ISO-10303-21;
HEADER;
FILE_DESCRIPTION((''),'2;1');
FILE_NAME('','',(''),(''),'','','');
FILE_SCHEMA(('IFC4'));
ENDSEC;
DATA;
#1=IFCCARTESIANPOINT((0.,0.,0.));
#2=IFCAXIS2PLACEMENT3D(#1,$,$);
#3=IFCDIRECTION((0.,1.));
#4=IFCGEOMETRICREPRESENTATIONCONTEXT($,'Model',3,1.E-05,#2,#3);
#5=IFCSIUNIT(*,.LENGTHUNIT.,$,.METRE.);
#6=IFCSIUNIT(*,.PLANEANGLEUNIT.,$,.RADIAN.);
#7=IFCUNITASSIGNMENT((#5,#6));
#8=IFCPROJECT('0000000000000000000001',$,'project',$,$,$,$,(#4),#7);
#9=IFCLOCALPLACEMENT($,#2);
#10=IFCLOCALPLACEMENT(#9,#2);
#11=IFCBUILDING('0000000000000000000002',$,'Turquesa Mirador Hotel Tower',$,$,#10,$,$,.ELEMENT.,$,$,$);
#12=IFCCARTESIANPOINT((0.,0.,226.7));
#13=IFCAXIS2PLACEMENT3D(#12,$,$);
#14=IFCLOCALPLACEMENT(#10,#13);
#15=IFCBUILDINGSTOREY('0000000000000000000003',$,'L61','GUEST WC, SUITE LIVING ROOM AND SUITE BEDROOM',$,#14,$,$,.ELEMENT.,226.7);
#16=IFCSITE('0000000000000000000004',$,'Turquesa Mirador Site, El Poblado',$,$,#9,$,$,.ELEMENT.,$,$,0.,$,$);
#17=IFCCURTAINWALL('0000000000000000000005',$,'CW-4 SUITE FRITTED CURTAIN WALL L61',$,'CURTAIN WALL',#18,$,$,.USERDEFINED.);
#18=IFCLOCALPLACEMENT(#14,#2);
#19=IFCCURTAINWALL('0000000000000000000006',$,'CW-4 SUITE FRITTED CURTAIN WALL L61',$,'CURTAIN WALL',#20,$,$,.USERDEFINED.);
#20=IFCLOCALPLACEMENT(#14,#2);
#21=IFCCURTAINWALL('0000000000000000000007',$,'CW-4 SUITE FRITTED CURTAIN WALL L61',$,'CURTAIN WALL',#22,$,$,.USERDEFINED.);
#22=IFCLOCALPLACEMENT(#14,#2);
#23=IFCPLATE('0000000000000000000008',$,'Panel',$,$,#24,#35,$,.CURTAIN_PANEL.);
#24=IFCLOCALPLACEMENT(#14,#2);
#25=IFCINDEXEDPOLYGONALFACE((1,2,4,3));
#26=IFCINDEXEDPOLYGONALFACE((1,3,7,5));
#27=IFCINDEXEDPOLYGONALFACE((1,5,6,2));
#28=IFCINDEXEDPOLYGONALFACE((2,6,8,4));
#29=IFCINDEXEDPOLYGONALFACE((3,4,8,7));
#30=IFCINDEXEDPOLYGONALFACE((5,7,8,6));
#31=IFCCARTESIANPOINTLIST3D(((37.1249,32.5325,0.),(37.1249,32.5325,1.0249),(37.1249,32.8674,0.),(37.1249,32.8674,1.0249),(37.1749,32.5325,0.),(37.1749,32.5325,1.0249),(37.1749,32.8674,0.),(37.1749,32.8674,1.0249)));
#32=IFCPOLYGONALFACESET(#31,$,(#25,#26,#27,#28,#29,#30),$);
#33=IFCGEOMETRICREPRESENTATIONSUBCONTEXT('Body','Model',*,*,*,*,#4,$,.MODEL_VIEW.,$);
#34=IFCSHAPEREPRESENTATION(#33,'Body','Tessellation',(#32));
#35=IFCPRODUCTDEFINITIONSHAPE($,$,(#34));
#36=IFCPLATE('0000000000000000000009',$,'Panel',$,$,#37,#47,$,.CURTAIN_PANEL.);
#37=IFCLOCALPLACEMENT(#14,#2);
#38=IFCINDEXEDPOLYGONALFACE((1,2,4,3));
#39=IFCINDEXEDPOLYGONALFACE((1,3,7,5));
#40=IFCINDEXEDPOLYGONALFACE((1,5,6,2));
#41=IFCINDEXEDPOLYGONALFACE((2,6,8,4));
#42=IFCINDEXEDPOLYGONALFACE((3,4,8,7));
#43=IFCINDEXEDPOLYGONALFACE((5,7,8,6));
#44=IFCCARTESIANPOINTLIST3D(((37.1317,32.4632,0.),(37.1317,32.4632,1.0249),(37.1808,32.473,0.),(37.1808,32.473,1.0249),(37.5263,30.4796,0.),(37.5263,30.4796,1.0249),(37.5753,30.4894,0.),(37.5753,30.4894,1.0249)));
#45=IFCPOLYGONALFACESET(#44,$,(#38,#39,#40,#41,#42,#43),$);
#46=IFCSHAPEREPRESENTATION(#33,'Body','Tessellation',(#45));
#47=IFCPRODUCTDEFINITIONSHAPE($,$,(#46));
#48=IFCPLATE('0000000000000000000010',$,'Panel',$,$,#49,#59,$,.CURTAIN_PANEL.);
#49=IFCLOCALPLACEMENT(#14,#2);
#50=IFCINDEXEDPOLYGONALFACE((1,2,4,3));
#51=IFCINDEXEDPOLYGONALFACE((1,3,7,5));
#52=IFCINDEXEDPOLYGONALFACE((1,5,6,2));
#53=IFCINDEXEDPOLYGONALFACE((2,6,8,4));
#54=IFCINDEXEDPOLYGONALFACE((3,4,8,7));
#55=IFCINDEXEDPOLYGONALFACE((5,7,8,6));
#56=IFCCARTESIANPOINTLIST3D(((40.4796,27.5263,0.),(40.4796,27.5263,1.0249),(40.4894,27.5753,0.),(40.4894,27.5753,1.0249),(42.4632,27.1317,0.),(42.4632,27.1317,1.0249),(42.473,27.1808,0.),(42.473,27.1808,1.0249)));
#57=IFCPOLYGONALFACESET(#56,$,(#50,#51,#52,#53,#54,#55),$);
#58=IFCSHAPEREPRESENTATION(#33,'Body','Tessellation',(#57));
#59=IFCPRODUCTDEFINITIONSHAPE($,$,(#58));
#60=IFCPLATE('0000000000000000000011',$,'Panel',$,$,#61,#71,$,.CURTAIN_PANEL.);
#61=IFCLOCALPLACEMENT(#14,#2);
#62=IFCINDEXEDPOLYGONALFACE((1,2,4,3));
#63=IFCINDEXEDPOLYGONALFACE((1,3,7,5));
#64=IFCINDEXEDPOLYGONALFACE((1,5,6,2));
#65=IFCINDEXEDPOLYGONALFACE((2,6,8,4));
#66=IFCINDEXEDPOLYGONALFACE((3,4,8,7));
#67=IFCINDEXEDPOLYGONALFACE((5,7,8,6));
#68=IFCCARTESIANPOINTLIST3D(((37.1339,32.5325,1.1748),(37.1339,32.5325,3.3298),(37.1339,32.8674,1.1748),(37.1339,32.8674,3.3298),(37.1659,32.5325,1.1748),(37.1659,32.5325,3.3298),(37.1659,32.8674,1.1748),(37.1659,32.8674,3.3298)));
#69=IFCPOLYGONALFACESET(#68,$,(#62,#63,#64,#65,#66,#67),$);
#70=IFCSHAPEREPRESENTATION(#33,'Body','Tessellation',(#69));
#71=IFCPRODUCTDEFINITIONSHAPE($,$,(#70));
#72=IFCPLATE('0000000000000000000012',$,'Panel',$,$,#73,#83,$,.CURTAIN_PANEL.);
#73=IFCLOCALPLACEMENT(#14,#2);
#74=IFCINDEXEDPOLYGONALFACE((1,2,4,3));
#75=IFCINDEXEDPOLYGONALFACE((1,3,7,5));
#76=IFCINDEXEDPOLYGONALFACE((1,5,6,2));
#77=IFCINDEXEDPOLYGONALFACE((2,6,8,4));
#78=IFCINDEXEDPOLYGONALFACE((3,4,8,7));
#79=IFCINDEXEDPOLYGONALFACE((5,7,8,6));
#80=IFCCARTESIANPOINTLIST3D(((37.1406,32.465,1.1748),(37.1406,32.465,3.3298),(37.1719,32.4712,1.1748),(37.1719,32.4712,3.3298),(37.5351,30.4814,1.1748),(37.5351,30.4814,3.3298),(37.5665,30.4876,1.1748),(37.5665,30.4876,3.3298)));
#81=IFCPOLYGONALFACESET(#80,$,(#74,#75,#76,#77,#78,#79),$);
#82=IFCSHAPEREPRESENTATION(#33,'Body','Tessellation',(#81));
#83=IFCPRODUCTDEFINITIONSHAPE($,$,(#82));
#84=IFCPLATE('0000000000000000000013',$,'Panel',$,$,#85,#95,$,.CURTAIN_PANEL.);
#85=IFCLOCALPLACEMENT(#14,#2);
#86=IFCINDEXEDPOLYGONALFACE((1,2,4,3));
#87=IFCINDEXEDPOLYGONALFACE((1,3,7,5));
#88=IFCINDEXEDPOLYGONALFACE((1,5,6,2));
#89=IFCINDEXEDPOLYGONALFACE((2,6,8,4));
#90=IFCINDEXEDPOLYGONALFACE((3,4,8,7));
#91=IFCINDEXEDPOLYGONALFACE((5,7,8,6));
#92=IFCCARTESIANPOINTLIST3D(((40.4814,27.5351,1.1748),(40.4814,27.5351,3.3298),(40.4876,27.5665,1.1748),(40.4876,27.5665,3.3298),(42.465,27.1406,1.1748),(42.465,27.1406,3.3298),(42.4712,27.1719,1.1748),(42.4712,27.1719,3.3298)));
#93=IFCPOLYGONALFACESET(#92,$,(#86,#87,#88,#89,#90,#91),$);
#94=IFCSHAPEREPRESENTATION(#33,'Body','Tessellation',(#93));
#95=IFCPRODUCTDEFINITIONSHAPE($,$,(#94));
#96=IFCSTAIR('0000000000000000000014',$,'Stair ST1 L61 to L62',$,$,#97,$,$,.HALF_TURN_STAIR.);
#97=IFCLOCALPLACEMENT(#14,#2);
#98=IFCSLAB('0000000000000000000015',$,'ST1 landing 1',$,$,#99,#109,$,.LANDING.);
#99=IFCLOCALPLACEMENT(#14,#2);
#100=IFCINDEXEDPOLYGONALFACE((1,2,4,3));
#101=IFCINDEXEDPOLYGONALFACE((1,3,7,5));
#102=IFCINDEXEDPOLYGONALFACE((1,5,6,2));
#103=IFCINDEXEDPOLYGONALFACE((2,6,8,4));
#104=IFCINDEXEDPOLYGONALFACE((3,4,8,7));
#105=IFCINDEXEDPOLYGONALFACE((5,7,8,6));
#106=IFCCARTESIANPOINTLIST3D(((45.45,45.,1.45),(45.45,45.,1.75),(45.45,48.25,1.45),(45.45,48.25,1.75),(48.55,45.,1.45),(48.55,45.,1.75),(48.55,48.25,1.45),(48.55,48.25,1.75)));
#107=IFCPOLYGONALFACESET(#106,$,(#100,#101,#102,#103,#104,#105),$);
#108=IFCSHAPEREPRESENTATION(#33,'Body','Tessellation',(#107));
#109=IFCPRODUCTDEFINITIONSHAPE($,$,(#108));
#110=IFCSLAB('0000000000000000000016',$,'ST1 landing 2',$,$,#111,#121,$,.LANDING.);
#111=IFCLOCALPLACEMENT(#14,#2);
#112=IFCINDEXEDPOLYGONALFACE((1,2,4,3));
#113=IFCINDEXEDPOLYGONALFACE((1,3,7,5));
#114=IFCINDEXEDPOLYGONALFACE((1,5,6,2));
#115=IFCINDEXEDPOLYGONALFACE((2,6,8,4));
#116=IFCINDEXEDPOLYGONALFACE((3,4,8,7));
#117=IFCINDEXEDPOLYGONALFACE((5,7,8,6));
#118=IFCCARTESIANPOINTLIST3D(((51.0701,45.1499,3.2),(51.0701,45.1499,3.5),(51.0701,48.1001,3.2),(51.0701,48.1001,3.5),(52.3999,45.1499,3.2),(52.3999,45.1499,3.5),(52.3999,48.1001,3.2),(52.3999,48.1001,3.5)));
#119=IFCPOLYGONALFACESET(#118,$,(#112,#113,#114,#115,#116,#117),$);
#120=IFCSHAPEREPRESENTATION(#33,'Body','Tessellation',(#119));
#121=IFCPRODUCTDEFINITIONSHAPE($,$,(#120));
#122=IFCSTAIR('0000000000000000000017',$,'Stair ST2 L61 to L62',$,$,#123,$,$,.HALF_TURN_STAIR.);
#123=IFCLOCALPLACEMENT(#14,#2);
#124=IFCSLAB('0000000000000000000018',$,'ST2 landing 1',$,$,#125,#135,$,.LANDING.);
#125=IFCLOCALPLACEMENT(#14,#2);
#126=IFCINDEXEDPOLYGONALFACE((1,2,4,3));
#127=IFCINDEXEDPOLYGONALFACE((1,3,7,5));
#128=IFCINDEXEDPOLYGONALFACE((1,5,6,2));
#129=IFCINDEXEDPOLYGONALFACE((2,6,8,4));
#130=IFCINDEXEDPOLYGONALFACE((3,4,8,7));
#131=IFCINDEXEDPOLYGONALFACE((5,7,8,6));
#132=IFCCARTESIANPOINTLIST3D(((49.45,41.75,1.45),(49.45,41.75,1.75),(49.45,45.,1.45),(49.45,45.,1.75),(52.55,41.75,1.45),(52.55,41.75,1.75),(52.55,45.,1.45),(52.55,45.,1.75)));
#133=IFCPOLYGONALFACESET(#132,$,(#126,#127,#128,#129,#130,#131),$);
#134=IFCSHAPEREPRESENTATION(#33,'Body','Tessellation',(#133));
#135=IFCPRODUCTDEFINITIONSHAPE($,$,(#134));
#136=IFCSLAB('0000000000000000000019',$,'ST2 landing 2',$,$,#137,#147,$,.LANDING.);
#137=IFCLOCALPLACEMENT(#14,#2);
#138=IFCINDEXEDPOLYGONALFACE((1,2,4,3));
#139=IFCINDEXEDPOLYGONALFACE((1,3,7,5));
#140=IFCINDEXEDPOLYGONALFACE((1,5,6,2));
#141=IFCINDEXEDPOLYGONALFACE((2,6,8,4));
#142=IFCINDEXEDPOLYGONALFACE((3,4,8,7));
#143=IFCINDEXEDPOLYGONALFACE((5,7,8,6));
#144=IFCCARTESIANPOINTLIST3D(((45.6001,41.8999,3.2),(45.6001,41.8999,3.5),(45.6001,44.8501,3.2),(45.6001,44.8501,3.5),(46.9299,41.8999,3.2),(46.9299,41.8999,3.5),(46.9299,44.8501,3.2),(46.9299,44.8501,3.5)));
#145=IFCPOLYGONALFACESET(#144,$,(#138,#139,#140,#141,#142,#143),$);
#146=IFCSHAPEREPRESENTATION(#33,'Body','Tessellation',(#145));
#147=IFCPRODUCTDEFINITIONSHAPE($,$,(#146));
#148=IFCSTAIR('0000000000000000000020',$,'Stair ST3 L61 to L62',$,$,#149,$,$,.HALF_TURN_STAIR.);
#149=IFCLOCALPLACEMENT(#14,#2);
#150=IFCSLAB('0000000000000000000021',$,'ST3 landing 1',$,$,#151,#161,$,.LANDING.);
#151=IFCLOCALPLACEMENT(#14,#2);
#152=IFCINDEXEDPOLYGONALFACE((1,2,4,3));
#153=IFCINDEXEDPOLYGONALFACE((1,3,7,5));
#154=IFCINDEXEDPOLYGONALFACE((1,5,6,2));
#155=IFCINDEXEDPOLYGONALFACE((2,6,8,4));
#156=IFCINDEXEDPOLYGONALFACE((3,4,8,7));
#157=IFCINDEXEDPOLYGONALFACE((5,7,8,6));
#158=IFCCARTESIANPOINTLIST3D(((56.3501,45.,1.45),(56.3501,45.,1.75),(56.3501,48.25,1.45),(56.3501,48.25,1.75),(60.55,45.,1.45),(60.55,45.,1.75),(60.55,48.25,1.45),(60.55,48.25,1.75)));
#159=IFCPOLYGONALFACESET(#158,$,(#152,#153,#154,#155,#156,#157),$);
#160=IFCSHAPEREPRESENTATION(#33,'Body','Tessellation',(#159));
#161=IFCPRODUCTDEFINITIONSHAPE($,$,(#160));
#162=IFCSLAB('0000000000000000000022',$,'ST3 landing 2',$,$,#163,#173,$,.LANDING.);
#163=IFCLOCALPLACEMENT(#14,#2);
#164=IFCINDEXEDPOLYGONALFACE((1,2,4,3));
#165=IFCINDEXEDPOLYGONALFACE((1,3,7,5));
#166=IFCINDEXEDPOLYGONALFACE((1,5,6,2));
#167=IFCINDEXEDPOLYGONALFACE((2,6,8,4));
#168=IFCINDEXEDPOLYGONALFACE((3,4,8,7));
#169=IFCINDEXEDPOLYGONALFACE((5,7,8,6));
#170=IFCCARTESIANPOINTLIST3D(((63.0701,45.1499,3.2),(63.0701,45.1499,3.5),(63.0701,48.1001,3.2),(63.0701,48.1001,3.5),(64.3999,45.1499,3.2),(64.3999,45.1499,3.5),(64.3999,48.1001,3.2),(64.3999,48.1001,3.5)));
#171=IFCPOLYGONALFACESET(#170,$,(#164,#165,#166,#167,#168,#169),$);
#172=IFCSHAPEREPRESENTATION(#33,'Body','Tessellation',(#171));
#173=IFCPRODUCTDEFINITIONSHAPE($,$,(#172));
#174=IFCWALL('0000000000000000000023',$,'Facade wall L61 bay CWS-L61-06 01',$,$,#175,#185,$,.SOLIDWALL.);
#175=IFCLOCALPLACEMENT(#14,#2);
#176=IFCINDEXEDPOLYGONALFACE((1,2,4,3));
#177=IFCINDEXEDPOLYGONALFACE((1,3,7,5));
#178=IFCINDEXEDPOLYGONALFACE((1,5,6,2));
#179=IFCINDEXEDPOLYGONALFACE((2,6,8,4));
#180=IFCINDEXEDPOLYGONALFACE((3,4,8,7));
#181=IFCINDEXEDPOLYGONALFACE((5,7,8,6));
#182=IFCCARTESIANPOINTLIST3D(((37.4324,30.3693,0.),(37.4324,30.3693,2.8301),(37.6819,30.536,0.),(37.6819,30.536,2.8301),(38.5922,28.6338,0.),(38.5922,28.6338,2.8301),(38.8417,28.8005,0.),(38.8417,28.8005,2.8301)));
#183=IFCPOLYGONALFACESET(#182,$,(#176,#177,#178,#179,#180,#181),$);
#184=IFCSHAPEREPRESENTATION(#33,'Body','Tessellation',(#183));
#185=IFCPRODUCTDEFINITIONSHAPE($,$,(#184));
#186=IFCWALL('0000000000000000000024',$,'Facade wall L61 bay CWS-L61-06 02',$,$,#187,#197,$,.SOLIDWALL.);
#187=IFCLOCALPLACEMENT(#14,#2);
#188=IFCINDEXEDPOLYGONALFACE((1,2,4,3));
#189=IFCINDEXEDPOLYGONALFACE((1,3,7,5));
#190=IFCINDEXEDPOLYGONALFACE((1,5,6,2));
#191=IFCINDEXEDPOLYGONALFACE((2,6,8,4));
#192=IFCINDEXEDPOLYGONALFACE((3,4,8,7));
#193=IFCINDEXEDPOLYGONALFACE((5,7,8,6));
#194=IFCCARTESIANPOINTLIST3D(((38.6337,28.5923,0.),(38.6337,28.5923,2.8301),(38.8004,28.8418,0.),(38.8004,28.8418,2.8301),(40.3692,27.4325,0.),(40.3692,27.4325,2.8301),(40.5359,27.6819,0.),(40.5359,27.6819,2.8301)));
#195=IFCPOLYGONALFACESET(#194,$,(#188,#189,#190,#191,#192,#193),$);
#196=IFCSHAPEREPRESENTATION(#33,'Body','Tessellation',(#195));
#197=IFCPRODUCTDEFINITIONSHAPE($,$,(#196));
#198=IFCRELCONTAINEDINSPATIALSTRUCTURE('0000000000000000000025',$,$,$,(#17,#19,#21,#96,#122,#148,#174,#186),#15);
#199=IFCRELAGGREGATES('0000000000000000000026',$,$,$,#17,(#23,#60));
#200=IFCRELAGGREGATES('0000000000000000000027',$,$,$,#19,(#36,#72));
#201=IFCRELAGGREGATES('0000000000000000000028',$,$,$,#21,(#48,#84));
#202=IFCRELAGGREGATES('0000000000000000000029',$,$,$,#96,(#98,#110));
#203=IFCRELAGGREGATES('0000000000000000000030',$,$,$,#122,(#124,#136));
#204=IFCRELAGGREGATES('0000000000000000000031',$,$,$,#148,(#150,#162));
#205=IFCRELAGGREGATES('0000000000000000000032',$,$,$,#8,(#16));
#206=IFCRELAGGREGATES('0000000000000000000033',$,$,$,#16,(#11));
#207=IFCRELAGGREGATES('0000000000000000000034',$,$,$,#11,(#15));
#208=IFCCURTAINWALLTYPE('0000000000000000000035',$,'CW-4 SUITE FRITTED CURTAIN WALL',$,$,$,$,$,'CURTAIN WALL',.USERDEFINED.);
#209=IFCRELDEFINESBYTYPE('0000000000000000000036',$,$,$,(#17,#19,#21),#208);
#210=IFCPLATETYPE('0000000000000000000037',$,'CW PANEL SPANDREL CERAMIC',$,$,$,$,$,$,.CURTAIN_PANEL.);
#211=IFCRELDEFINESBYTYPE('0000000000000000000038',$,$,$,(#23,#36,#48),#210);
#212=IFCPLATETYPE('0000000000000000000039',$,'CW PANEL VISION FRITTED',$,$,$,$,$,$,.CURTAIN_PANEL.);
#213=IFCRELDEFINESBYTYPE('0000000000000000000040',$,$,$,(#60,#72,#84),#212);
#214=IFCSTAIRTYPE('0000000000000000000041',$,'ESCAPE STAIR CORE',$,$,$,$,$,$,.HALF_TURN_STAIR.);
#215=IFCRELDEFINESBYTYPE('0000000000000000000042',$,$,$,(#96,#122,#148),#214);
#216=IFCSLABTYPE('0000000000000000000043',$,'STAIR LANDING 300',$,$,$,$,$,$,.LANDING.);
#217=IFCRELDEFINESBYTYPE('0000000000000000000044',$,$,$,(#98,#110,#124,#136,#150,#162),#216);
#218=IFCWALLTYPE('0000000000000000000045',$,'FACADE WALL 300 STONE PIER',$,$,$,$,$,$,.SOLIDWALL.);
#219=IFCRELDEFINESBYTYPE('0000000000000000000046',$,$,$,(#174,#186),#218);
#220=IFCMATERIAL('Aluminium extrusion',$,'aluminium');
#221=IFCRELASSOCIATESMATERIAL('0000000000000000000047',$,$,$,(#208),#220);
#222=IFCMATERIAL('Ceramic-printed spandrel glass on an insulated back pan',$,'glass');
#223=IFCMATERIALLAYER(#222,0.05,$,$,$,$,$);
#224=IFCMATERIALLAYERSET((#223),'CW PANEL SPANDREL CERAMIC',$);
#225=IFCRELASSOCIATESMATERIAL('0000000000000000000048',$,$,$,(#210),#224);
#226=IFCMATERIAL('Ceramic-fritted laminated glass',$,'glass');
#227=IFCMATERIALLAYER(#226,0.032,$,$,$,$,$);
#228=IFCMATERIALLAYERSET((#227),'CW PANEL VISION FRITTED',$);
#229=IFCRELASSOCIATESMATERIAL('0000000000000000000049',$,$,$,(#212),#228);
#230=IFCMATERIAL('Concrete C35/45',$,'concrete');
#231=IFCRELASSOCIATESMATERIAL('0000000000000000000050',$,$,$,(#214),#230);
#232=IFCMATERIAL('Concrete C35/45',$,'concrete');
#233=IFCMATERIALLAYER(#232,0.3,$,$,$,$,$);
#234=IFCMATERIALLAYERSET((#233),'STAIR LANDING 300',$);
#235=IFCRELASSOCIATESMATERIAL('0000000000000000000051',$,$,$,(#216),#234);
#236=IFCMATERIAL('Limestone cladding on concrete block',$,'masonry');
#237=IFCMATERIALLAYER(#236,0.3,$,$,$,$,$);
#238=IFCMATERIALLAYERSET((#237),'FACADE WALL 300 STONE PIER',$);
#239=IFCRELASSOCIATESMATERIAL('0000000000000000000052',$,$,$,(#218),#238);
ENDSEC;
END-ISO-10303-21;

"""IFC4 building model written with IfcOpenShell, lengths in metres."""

from ifc_helpers import new_model, si_unit, direction, frame, frame_2d, origin, origin_2d, place, context, subcontext, project, spatial, polyline, rectangle, outline, extrude, material, layer, layer_set, type_object, element, aggregate, save


model = new_model("IFC4")

# Units and contexts
model_context = context("Model", 3, precision=1e-05, world=origin(), true_north=direction((0.0, 1.0)))
body_context = subcontext(model_context, "Body", "Model", "MODEL_VIEW")
ifc_project = project(units=[si_unit("LENGTHUNIT", "METRE"), si_unit("PLANEANGLEUNIT", "RADIAN")], contexts=[model_context])

# Site, building, storey
site_placement = place(None, origin())
site = spatial("IfcSite", under=ifc_project, at=site_placement, Name="Turquesa Mirador Site, El Poblado", CompositionType="ELEMENT", RefElevation=0.0)
building_placement = place(site_placement, origin())
building = spatial("IfcBuilding", under=site, at=building_placement, Name="Turquesa Mirador Hotel Tower", CompositionType="ELEMENT")
storey_placement = place(building_placement, frame((0.0, 0.0, 226.7)))
storey = spatial("IfcBuildingStorey", under=building, at=storey_placement, Name="L61", Description="GUEST WC, SUITE LIVING ROOM AND SUITE BEDROOM", CompositionType="ELEMENT", Elevation=226.7)

# Curtain wall
ifc_material_1 = material(Name="Aluminium extrusion", Category="aluminium")
curtain_wall_type = type_object("IfcCurtainWallType", Name="CW-4 SUITE FRITTED CURTAIN WALL", ElementType="CURTAIN WALL", PredefinedType="USERDEFINED", material=ifc_material_1)
curtain_wall_1_placement = place(storey_placement, origin())
curtain_wall_1 = element("IfcCurtainWall", 1, at=curtain_wall_1_placement, inside=storey, type_object=curtain_wall_type, Name="CW-4 SUITE FRITTED CURTAIN WALL L61", ObjectType="CURTAIN WALL", PredefinedType="USERDEFINED")

# Curtain walls
curtain_wall_2_placement = place(storey_placement, origin())
curtain_wall_2 = element("IfcCurtainWall", 2, at=curtain_wall_2_placement, inside=storey, type_object=curtain_wall_type, Name="CW-4 SUITE FRITTED CURTAIN WALL L61", ObjectType="CURTAIN WALL", PredefinedType="USERDEFINED")
curtain_wall_3_placement = place(storey_placement, origin())
curtain_wall_3 = element("IfcCurtainWall", 3, at=curtain_wall_3_placement, inside=storey, type_object=curtain_wall_type, Name="CW-4 SUITE FRITTED CURTAIN WALL L61", ObjectType="CURTAIN WALL", PredefinedType="USERDEFINED")

# Plates
ifc_material_2 = material(Name="Ceramic-printed spandrel glass on an insulated back pan", Category="glass")
ifc_layer_1 = layer(ifc_material_2, 0.05)
ifc_layer_set_1 = layer_set([ifc_layer_1], Name="CW PANEL SPANDREL CERAMIC")
plate_type_1 = type_object("IfcPlateType", Name="CW PANEL SPANDREL CERAMIC", PredefinedType="CURTAIN_PANEL", material=ifc_layer_set_1)
plate_1_placement = place(storey_placement, frame((37.1499, 32.7, 0.0), z_axis=(0.0, 0.0, 1.0), x_axis=(0.0, -1.0, 0.0)))
plate_1 = element("IfcPlate", 4, at=plate_1_placement, type_object=plate_type_1, Name="Panel", PredefinedType="CURTAIN_PANEL", context=body_context, shape_type="SweptSolid", body=[
    extrude(rectangle(XDim=0.335, YDim=0.05, at=origin_2d()), origin(), (0.0, 0.0, 1.0), 1.0249),
])
plate_2_placement = place(storey_placement, frame((37.3535, 31.4763, 0.0), z_axis=(0.0, 0.0, 1.0), x_axis=(0.195091, -0.980785, 0.0)))
plate_2 = element("IfcPlate", 5, at=plate_2_placement, type_object=plate_type_1, Name="Panel", PredefinedType="CURTAIN_PANEL", context=body_context, shape_type="SweptSolid", body=[
    extrude(rectangle(XDim=2.0225, YDim=0.05, at=origin_2d()), origin(), (0.0, 0.0, 1.0), 1.0249),
])
plate_3_placement = place(storey_placement, frame((41.4763, 27.3535, 0.0), z_axis=(0.0, 0.0, 1.0), x_axis=(0.980785, -0.195091, 0.0)))
plate_3 = element("IfcPlate", 6, at=plate_3_placement, type_object=plate_type_1, Name="Panel", PredefinedType="CURTAIN_PANEL", context=body_context, shape_type="SweptSolid", body=[
    extrude(rectangle(XDim=2.0225, YDim=0.05, at=origin_2d()), origin(), (0.0, 0.0, 1.0), 1.0249),
])
ifc_material_3 = material(Name="Ceramic-fritted laminated glass", Category="glass")
ifc_layer_2 = layer(ifc_material_3, 0.032)
ifc_layer_set_2 = layer_set([ifc_layer_2], Name="CW PANEL VISION FRITTED")
plate_type_2 = type_object("IfcPlateType", Name="CW PANEL VISION FRITTED", PredefinedType="CURTAIN_PANEL", material=ifc_layer_set_2)
plate_4_placement = place(storey_placement, frame((37.1499, 32.7, 1.1748), z_axis=(0.0, 0.0, 1.0), x_axis=(0.0, -1.0, 0.0)))
plate_4 = element("IfcPlate", 7, at=plate_4_placement, type_object=plate_type_2, Name="Panel", PredefinedType="CURTAIN_PANEL", context=body_context, shape_type="SweptSolid", body=[
    extrude(rectangle(XDim=0.335, YDim=0.032, at=origin_2d()), origin(), (0.0, 0.0, 1.0), 2.155),
])
aggregate(curtain_wall_1, [plate_1, plate_4])
plate_5_placement = place(storey_placement, frame((37.3535, 31.4763, 1.1748), z_axis=(0.0, 0.0, 1.0), x_axis=(0.195091, -0.980785, 0.0)))
plate_5 = element("IfcPlate", 8, at=plate_5_placement, type_object=plate_type_2, Name="Panel", PredefinedType="CURTAIN_PANEL", context=body_context, shape_type="SweptSolid", body=[
    extrude(rectangle(XDim=2.0225, YDim=0.032, at=origin_2d()), origin(), (0.0, 0.0, 1.0), 2.155),
])
aggregate(curtain_wall_2, [plate_2, plate_5])
plate_6_placement = place(storey_placement, frame((41.4763, 27.3535, 1.1748), z_axis=(0.0, 0.0, 1.0), x_axis=(0.980785, -0.195091, 0.0)))
plate_6 = element("IfcPlate", 9, at=plate_6_placement, type_object=plate_type_2, Name="Panel", PredefinedType="CURTAIN_PANEL", context=body_context, shape_type="SweptSolid", body=[
    extrude(rectangle(XDim=2.0225, YDim=0.032, at=origin_2d()), origin(), (0.0, 0.0, 1.0), 2.155),
])
aggregate(curtain_wall_3, [plate_3, plate_6])

# Stairs, slabs
ifc_material_4 = material(Name="Concrete C35/45", Category="concrete")
stair_type = type_object("IfcStairType", Name="ESCAPE STAIR CORE", PredefinedType="HALF_TURN_STAIR", material=ifc_material_4)
stair_1_placement = place(storey_placement, origin())
stair_1 = element("IfcStair", 10, at=stair_1_placement, inside=storey, type_object=stair_type, Name="Stair ST1 L61 to L62", PredefinedType="HALF_TURN_STAIR")
ifc_material_5 = material(Name="Concrete C35/45", Category="concrete")
ifc_layer_3 = layer(ifc_material_5, 0.3)
ifc_layer_set_3 = layer_set([ifc_layer_3], Name="STAIR LANDING 300")
slab_type_1 = type_object("IfcSlabType", Name="STAIR LANDING 300", PredefinedType="LANDING", material=ifc_layer_set_3)
slab_1_placement = place(storey_placement, frame((0.0, 0.0, 1.45)))
slab_1 = element("IfcSlab", 11, at=slab_1_placement, type_object=slab_type_1, Name="ST1 landing 1", PredefinedType="LANDING", context=body_context, shape_type="SweptSolid", body=[
    extrude(outline(polyline([(45.45, 45.0), (48.55, 45.0), (48.55, 48.25), (45.45, 48.25), (45.45, 45.0)])), origin(), (0.0, 0.0, 1.0), 0.3),
])
slab_2_placement = place(storey_placement, frame((0.0, 0.0, 3.2)))
slab_2 = element("IfcSlab", 12, at=slab_2_placement, type_object=slab_type_1, Name="ST1 landing 2", PredefinedType="LANDING", context=body_context, shape_type="SweptSolid", body=[
    extrude(outline(polyline([(51.0701, 45.1499), (52.3999, 45.1499), (52.3999, 48.1001), (51.0701, 48.1001), (51.0701, 45.1499)])), origin(), (0.0, 0.0, 1.0), 0.3),
])
aggregate(stair_1, [slab_1, slab_2])
stair_2_placement = place(storey_placement, origin())
stair_2 = element("IfcStair", 13, at=stair_2_placement, inside=storey, type_object=stair_type, Name="Stair ST2 L61 to L62", PredefinedType="HALF_TURN_STAIR")
slab_3_placement = place(storey_placement, frame((0.0, 0.0, 1.45)))
slab_3 = element("IfcSlab", 14, at=slab_3_placement, type_object=slab_type_1, Name="ST2 landing 1", PredefinedType="LANDING", context=body_context, shape_type="SweptSolid", body=[
    extrude(outline(polyline([(52.55, 45.0), (49.45, 45.0), (49.45, 41.75), (52.55, 41.75), (52.55, 45.0)])), origin(), (0.0, 0.0, 1.0), 0.3),
])
slab_4_placement = place(storey_placement, frame((0.0, 0.0, 3.2)))
slab_4 = element("IfcSlab", 15, at=slab_4_placement, type_object=slab_type_1, Name="ST2 landing 2", PredefinedType="LANDING", context=body_context, shape_type="SweptSolid", body=[
    extrude(outline(polyline([(46.9299, 44.8501), (45.6001, 44.8501), (45.6001, 41.8999), (46.9299, 41.8999), (46.9299, 44.8501)])), origin(), (0.0, 0.0, 1.0), 0.3),
])
aggregate(stair_2, [slab_3, slab_4])
stair_3_placement = place(storey_placement, origin())
stair_3 = element("IfcStair", 16, at=stair_3_placement, inside=storey, type_object=stair_type, Name="Stair ST3 L61 to L62", PredefinedType="HALF_TURN_STAIR")
slab_5_placement = place(storey_placement, frame((0.0, 0.0, 1.45)))
slab_5 = element("IfcSlab", 17, at=slab_5_placement, type_object=slab_type_1, Name="ST3 landing 1", PredefinedType="LANDING", context=body_context, shape_type="SweptSolid", body=[
    extrude(outline(polyline([(56.3501, 45.0), (60.55, 45.0), (60.55, 48.25), (56.3501, 48.25), (56.3501, 45.0)])), origin(), (0.0, 0.0, 1.0), 0.3),
])
slab_6_placement = place(storey_placement, frame((0.0, 0.0, 3.2)))
slab_6 = element("IfcSlab", 18, at=slab_6_placement, type_object=slab_type_1, Name="ST3 landing 2", PredefinedType="LANDING", context=body_context, shape_type="SweptSolid", body=[
    extrude(outline(polyline([(63.0701, 45.1499), (64.3999, 45.1499), (64.3999, 48.1001), (63.0701, 48.1001), (63.0701, 45.1499)])), origin(), (0.0, 0.0, 1.0), 0.3),
])
aggregate(stair_3, [slab_5, slab_6])

# Walls
ifc_material_6 = material(Name="Limestone cladding on concrete block", Category="masonry")
ifc_layer_4 = layer(ifc_material_6, 0.3)
ifc_layer_set_4 = layer_set([ifc_layer_4], Name="FACADE WALL 300 STONE PIER")
wall_type_1 = type_object("IfcWallType", Name="FACADE WALL 300 STONE PIER", PredefinedType="SOLIDWALL", material=ifc_layer_set_4)
for number, where, z_axis, x_axis, name in (
    (19, (37.5571, 30.4526, 0.0), (0.0, 0.0, 1.0), (0.555644, -0.83142, 0.0), "Facade wall L61 bay CWS-L61-06 01"),
    (20, (38.717, 28.717, 0.0), (0.0, 0.0, 1.0), (0.83142, -0.555644, 0.0), "Facade wall L61 bay CWS-L61-06 02"),
):
    element("IfcWall", number, at=place(storey_placement, frame(where, z_axis=z_axis, x_axis=x_axis)), inside=storey, type_object=wall_type_1, Name=name, PredefinedType="SOLIDWALL", context=body_context, shape_type="SweptSolid", body=[
        extrude(rectangle(XDim=2.0874, YDim=0.3, at=frame_2d((1.0437, 0.0))), origin(), (0.0, 0.0, 1.0), 2.8301),
    ])

save(model, "model.ifc")
